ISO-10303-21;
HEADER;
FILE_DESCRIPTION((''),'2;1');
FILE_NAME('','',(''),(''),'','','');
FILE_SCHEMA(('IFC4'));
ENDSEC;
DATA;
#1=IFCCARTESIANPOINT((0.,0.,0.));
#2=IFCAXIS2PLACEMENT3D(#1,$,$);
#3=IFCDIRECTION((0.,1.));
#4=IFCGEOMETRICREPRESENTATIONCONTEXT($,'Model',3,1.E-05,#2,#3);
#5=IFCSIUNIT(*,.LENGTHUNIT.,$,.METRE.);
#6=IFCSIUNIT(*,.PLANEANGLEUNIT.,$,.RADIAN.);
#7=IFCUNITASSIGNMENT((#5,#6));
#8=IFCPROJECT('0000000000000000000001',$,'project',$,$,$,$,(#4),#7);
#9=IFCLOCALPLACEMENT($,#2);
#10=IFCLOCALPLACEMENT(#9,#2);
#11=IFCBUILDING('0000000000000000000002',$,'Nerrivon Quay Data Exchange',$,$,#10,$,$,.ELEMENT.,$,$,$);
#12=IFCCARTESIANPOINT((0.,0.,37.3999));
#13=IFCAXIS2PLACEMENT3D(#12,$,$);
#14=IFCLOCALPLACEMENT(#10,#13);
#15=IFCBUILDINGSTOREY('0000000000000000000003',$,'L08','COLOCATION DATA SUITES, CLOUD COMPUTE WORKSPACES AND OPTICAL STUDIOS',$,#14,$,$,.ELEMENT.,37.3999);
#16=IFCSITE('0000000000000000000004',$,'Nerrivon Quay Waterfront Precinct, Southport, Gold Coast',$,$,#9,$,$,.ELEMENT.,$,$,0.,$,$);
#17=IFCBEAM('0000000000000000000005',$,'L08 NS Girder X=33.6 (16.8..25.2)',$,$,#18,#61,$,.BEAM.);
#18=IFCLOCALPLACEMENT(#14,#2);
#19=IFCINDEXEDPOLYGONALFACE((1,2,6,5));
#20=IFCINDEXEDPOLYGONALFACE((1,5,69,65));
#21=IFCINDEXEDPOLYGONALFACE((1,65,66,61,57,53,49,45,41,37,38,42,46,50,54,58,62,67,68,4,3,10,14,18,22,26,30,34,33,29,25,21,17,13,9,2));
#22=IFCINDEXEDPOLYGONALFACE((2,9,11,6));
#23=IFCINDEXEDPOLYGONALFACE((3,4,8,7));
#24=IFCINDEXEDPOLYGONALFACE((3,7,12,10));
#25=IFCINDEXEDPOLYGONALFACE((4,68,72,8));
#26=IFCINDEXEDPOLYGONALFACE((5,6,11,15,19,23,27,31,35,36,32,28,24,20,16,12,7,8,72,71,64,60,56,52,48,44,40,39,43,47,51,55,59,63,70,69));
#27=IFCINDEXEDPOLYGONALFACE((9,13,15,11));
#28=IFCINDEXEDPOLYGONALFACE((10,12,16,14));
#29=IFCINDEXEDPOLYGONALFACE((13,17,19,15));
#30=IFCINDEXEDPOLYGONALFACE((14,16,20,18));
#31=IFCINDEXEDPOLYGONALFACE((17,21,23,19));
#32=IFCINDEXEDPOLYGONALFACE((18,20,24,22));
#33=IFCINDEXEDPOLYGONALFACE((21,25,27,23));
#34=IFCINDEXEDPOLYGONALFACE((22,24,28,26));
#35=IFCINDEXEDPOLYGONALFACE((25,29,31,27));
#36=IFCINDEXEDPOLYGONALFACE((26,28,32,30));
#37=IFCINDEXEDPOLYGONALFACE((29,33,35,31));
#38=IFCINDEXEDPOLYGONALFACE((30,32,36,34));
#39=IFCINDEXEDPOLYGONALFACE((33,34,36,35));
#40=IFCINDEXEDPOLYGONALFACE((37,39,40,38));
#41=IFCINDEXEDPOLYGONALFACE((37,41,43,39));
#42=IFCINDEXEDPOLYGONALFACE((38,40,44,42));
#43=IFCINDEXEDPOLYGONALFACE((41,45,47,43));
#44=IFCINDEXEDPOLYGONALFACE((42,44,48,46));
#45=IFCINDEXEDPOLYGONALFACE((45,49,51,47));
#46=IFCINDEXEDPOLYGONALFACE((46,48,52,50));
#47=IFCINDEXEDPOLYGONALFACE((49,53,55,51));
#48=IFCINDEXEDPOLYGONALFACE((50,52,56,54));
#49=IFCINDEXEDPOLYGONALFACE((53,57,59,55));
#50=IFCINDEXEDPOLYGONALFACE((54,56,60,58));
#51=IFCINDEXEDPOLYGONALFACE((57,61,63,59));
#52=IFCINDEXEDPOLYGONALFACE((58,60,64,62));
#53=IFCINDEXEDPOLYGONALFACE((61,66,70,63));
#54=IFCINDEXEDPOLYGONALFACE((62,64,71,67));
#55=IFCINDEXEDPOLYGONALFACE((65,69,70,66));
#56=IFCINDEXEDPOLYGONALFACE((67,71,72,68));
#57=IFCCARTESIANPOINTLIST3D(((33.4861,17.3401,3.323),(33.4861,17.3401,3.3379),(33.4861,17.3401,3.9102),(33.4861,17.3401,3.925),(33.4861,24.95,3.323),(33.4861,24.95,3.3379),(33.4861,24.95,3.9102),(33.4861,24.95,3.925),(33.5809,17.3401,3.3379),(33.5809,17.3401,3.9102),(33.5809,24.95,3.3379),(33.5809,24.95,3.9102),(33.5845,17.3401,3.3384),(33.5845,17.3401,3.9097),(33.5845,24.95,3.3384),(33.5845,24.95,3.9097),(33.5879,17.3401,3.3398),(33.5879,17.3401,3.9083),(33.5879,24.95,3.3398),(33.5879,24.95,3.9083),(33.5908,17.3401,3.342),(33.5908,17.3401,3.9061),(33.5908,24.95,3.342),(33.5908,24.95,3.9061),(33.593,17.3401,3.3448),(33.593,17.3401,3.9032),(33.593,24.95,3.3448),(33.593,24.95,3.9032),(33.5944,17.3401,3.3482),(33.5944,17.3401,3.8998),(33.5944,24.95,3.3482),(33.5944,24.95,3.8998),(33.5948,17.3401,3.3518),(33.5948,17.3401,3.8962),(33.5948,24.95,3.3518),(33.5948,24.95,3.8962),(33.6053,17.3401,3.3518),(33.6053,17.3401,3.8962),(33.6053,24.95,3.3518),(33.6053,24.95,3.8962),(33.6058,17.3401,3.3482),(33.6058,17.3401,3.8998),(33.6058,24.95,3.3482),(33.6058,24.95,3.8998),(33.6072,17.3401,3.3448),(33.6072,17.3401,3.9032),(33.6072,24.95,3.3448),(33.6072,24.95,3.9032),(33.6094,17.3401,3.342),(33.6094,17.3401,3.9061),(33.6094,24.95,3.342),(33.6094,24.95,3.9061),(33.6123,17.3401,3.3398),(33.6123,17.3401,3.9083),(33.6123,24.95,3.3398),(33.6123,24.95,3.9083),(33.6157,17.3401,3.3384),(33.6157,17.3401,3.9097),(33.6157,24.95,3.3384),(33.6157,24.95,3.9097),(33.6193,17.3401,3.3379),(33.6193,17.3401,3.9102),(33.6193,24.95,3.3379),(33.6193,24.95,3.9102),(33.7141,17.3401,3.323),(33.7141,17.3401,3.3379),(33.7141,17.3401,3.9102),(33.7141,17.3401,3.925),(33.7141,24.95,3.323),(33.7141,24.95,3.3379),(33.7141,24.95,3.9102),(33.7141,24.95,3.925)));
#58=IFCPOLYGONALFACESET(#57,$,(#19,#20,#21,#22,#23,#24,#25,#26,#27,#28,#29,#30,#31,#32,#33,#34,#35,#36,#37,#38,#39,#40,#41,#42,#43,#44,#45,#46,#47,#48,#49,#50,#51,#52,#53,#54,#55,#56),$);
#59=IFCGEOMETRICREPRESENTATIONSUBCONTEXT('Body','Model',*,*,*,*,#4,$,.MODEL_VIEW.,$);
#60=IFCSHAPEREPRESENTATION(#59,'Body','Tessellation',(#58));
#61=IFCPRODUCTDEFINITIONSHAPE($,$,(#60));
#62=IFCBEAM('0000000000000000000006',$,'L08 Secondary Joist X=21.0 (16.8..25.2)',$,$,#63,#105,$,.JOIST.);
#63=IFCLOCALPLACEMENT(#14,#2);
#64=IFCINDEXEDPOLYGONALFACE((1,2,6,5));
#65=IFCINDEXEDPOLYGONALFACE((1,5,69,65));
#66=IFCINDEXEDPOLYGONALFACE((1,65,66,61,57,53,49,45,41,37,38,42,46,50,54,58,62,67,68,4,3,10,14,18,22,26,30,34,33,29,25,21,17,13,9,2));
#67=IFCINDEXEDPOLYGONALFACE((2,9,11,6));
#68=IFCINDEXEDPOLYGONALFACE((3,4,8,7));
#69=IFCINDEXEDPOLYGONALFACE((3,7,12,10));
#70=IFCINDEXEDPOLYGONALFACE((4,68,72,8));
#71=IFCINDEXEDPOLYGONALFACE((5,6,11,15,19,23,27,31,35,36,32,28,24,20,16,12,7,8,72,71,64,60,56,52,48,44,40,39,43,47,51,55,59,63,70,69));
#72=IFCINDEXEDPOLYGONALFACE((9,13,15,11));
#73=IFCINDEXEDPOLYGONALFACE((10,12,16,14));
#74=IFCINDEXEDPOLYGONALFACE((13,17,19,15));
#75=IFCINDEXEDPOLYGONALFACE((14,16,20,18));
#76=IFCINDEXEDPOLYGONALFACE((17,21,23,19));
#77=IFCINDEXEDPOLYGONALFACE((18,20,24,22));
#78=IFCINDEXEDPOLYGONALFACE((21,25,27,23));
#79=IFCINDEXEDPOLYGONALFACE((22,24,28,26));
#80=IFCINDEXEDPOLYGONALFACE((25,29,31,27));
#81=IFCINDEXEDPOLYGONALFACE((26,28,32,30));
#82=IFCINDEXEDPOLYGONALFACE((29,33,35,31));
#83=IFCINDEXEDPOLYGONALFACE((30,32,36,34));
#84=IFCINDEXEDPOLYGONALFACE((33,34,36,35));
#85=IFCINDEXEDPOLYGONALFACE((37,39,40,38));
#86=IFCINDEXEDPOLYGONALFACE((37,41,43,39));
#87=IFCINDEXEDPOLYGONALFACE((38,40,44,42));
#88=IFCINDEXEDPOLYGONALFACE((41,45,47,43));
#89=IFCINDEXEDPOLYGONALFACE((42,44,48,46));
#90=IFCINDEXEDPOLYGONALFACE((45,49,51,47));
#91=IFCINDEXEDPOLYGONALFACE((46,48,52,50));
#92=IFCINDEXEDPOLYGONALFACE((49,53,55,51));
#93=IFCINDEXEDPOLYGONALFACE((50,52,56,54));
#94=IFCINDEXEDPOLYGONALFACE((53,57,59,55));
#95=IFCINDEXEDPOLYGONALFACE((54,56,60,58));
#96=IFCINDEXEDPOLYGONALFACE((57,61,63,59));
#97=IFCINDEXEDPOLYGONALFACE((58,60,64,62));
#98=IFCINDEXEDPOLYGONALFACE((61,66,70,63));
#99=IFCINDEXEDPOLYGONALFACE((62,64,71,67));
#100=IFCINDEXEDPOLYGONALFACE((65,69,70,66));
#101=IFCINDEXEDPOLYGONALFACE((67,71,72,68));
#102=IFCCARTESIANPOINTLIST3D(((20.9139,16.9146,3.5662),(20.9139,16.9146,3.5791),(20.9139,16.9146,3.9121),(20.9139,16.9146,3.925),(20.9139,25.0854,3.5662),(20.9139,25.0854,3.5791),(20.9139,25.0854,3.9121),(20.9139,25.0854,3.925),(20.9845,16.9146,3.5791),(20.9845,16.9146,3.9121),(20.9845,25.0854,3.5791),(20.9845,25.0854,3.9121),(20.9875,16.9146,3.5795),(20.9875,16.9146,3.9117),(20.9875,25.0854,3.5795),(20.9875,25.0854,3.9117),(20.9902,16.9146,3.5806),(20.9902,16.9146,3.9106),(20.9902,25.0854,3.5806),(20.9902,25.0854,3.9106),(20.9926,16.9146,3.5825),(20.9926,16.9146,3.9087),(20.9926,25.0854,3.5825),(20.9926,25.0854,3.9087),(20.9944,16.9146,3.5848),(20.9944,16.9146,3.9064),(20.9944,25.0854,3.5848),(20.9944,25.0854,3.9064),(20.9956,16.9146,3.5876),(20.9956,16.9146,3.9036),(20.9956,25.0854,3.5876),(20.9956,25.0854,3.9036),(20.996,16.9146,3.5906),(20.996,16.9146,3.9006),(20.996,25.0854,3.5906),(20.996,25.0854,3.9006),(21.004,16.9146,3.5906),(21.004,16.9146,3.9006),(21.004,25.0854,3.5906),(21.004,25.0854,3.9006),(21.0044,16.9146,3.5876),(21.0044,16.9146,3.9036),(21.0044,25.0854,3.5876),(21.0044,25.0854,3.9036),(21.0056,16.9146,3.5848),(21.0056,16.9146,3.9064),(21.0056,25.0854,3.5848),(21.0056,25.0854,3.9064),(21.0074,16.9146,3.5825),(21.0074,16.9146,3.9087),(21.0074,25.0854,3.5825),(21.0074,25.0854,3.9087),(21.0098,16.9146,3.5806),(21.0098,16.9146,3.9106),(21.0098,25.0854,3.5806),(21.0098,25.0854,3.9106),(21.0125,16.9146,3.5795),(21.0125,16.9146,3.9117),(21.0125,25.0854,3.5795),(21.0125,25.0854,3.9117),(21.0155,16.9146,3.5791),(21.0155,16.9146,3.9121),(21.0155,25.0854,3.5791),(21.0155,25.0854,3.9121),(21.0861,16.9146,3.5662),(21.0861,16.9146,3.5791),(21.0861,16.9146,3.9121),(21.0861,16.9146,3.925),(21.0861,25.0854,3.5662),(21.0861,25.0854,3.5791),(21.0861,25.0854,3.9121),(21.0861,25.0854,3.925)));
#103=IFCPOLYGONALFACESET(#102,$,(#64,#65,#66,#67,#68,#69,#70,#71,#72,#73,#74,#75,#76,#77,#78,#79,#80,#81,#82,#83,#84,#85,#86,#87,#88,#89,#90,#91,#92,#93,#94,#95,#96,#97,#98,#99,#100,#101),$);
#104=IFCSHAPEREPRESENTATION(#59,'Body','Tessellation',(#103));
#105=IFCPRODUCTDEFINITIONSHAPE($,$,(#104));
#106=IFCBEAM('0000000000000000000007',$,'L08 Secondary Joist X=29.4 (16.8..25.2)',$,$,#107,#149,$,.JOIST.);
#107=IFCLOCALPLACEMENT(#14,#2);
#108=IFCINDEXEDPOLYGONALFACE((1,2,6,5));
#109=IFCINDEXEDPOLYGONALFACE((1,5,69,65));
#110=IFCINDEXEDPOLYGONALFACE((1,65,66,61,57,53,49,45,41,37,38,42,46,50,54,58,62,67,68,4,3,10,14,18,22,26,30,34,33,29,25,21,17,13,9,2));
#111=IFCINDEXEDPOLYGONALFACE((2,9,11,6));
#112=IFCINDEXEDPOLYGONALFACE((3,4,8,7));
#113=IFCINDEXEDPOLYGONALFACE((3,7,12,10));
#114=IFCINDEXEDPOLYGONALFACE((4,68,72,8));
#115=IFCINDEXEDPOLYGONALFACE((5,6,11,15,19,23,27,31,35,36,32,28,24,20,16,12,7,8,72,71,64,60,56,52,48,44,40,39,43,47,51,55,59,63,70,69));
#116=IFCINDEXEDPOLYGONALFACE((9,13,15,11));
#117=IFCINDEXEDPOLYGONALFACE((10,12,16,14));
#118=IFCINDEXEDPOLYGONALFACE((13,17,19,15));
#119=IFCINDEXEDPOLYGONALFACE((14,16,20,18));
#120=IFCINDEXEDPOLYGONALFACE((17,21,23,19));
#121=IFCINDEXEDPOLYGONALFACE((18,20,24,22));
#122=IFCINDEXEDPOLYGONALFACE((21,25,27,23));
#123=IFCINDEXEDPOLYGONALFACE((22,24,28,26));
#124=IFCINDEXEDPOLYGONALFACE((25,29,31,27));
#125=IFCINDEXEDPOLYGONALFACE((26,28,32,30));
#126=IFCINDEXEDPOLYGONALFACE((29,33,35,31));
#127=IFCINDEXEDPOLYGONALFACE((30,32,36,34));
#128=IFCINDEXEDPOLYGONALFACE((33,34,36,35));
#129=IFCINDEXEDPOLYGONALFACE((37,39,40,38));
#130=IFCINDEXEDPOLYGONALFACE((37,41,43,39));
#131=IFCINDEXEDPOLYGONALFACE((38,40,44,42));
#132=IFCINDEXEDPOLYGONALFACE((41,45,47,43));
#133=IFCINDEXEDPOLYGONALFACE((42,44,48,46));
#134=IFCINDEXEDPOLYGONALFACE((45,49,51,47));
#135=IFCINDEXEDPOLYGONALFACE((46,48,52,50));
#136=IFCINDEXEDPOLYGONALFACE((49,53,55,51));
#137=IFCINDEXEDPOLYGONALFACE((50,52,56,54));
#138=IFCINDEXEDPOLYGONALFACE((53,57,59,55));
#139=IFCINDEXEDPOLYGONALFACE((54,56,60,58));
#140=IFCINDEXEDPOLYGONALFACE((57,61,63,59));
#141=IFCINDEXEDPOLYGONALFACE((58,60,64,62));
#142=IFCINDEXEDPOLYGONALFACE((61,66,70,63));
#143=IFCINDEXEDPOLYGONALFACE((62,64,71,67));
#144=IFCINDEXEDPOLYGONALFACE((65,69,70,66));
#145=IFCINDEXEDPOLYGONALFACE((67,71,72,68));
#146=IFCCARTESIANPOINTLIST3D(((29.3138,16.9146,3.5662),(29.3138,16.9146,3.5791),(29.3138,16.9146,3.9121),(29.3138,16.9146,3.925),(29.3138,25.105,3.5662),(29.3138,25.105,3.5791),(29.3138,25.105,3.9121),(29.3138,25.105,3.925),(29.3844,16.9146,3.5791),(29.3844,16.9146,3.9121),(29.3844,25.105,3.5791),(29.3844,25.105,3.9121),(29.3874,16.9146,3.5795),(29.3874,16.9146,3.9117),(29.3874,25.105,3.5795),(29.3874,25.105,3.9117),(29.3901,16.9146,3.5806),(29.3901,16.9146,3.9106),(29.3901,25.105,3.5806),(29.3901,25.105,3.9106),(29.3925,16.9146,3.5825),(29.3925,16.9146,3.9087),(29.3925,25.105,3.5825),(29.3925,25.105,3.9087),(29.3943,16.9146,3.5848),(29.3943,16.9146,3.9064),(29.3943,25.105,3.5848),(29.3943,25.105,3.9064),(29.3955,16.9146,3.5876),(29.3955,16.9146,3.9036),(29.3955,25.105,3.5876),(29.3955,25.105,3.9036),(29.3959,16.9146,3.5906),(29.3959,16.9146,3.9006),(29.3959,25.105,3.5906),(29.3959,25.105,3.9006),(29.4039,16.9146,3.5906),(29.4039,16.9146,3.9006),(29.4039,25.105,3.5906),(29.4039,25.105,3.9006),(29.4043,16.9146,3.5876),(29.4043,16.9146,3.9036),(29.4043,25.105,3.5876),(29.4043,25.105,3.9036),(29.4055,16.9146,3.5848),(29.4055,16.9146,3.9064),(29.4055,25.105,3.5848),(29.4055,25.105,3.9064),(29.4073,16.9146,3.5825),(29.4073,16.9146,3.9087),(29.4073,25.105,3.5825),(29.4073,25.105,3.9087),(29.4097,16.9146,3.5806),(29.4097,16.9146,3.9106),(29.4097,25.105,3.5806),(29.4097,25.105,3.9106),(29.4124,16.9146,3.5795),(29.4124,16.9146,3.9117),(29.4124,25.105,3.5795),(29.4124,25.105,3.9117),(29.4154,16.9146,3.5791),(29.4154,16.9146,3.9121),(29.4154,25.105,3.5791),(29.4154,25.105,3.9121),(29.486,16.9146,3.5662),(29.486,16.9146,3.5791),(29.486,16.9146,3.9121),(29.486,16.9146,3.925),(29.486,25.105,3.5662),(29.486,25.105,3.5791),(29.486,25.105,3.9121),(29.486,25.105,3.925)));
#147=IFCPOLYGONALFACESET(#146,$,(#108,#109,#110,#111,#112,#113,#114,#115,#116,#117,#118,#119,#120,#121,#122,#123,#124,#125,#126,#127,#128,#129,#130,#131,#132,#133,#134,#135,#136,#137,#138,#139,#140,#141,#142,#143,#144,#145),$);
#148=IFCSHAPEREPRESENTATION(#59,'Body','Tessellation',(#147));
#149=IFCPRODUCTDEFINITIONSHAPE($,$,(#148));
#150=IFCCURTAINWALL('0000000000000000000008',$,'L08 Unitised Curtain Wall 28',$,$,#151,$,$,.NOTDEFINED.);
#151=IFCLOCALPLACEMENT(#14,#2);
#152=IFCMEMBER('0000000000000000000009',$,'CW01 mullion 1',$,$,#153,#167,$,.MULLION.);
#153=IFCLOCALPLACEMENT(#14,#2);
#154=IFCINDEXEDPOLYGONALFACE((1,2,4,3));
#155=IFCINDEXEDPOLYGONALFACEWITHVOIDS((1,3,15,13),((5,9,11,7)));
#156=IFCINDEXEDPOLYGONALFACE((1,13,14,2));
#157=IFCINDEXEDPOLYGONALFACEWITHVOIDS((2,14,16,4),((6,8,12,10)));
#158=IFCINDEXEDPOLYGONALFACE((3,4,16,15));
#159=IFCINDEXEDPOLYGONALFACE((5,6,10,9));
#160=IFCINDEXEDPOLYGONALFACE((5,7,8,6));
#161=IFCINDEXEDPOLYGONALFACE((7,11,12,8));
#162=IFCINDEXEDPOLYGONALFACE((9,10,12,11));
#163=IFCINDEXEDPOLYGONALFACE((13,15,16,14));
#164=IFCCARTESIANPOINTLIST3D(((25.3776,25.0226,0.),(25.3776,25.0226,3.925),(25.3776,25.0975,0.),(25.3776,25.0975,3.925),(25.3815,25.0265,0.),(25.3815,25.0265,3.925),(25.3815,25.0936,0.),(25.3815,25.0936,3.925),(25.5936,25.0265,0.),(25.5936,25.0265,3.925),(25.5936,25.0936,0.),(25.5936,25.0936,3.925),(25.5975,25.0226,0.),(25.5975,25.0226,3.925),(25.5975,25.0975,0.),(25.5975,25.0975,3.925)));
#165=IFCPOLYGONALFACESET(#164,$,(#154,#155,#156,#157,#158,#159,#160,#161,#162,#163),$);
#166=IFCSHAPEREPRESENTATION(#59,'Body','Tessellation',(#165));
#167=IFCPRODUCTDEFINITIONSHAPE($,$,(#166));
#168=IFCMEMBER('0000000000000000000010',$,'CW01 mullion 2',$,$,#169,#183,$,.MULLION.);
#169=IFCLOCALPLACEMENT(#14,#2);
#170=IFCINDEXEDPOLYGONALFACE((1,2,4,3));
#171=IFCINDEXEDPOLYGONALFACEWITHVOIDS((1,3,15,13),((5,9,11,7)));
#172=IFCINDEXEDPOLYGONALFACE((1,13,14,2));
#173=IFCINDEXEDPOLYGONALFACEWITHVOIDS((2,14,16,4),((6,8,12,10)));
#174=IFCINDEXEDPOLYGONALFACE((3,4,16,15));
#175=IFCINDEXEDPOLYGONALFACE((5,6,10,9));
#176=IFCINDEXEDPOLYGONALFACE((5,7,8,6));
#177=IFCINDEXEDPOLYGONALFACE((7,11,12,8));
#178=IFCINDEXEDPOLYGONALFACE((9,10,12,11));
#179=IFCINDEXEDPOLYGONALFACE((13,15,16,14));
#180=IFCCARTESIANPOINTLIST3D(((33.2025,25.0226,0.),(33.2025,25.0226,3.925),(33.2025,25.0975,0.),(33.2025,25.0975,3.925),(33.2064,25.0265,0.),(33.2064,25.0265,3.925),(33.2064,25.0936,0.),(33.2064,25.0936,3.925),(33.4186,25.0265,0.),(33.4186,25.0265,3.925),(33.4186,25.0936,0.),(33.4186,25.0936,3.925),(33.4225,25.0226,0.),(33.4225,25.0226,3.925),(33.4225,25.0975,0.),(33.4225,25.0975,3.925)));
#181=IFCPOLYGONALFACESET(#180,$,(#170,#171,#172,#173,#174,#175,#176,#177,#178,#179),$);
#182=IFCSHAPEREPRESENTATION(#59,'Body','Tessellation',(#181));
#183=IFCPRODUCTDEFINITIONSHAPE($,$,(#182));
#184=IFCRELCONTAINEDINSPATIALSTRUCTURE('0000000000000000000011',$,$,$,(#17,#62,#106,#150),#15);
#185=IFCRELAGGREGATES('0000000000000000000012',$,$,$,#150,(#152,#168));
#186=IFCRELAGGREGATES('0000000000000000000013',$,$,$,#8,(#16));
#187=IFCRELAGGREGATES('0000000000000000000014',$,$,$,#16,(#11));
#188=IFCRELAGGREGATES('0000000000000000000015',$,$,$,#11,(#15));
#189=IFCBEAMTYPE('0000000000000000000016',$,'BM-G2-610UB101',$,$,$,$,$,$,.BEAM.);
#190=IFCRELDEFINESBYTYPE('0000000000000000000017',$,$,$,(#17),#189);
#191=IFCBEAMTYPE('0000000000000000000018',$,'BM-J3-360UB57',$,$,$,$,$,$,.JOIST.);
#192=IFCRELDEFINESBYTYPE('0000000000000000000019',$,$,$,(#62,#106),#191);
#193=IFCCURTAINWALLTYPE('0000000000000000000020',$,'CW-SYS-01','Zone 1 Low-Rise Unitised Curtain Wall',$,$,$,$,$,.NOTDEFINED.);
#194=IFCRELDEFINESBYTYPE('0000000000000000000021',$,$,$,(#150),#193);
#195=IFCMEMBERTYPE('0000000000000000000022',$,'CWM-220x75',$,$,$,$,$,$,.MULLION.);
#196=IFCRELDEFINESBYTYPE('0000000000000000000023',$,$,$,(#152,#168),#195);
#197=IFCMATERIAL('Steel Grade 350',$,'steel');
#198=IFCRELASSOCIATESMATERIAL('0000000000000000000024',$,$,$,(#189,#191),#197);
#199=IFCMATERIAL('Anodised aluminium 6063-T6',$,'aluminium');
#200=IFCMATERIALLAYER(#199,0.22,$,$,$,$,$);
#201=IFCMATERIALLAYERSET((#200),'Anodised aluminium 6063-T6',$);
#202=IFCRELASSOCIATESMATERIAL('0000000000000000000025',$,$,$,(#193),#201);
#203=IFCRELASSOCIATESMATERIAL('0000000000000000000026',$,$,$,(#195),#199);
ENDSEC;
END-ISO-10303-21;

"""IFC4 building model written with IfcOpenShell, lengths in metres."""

from ifc_helpers import new_model, si_unit, direction, frame, origin, origin_2d, place, context, subcontext, project, spatial, hollow_rectangle, i_section, extrude, material, layer, layer_set, material_profile, profile_set, type_object, element, aggregate, save


model = new_model("IFC4")

# Units and contexts
model_context = context("Model", 3, precision=1e-05, world=origin(), true_north=direction((0.0, 1.0)))
body_context = subcontext(model_context, "Body", "Model", "MODEL_VIEW")
ifc_project = project(units=[si_unit("LENGTHUNIT", "METRE"), si_unit("PLANEANGLEUNIT", "RADIAN")], contexts=[model_context])

# Site, building, storey
site_placement = place(None, origin())
site = spatial("IfcSite", under=ifc_project, at=site_placement, Name="Nerrivon Quay Waterfront Precinct, Southport, Gold Coast", CompositionType="ELEMENT", RefElevation=0.0)
building_placement = place(site_placement, origin())
building = spatial("IfcBuilding", under=site, at=building_placement, Name="Nerrivon Quay Data Exchange", CompositionType="ELEMENT")
storey_placement = place(building_placement, frame((0.0, 0.0, 37.3999)))
storey = spatial("IfcBuildingStorey", under=building, at=storey_placement, Name="L08", Description="COLOCATION DATA SUITES, CLOUD COMPUTE WORKSPACES AND OPTICAL STUDIOS", CompositionType="ELEMENT", Elevation=37.3999)

# Beams
ifc_material_1 = material(Name="Steel Grade 350", Category="steel")
ifc_material_profile_1 = material_profile(ifc_material_1, i_section(OverallWidth=0.228, OverallDepth=0.6021, WebThickness=0.0105, FlangeThickness=0.0149, FilletRadius=0.0139, at=origin_2d()), Name="610UB101")
ifc_profile_set_1 = profile_set([ifc_material_profile_1], Name="Steel Grade 350")
beam_type_1 = type_object("IfcBeamType", Name="BM-G2-610UB101", PredefinedType="BEAM", material=ifc_profile_set_1)
for number, where, z_axis, x_axis, name in (
    (1, (33.6001, 17.3401, 3.624), (0.0, 1.0, 0.0), (-1.0, 0.0, 0.0), "L08 NS Girder X=33.6 (16.8..25.2)"),
):
    element("IfcBeam", number, at=place(storey_placement, frame(where, z_axis=z_axis, x_axis=x_axis)), inside=storey, type_object=beam_type_1, Name=name, PredefinedType="BEAM", context=body_context, shape_type="SweptSolid", body=[
        extrude(i_section(OverallWidth=0.228, OverallDepth=0.6021, WebThickness=0.0105, FlangeThickness=0.0149, FilletRadius=0.0139, at=origin_2d()), origin(), (0.0, 0.0, 1.0), 7.6099),
    ])
ifc_material_profile_2 = material_profile(ifc_material_1, i_section(OverallWidth=0.1721, OverallDepth=0.3589, WebThickness=0.0081, FlangeThickness=0.0129, FilletRadius=0.0115, at=origin_2d()), Name="360UB56.7")
ifc_profile_set_2 = profile_set([ifc_material_profile_2], Name="Steel Grade 350")
beam_type_2 = type_object("IfcBeamType", Name="BM-J3-360UB57", PredefinedType="JOIST", material=ifc_profile_set_2)
beam_1_placement = place(storey_placement, frame((21.0, 16.9146, 3.7456), z_axis=(0.0, 1.0, 0.0), x_axis=(-1.0, 0.0, 0.0)))
element("IfcBeam", 2, at=beam_1_placement, inside=storey, type_object=beam_type_2, Name="L08 Secondary Joist X=21.0 (16.8..25.2)", PredefinedType="JOIST", context=body_context, shape_type="SweptSolid", body=[
    extrude(i_section(OverallWidth=0.1721, OverallDepth=0.3589, WebThickness=0.0081, FlangeThickness=0.0129, FilletRadius=0.0115, at=origin_2d()), origin(), (0.0, 0.0, 1.0), 8.1709),
])
beam_2_placement = place(storey_placement, frame((29.3999, 16.9146, 3.7456), z_axis=(0.0, 1.0, 0.0), x_axis=(-1.0, 0.0, 0.0)))
element("IfcBeam", 3, at=beam_2_placement, inside=storey, type_object=beam_type_2, Name="L08 Secondary Joist X=29.4 (16.8..25.2)", PredefinedType="JOIST", context=body_context, shape_type="SweptSolid", body=[
    extrude(i_section(OverallWidth=0.1721, OverallDepth=0.3589, WebThickness=0.0081, FlangeThickness=0.0129, FilletRadius=0.0115, at=origin_2d()), origin(), (0.0, 0.0, 1.0), 8.1904),
])

# Curtain wall, members
ifc_material_2 = material(Name="Anodised aluminium 6063-T6", Category="aluminium")
ifc_layer_1 = layer(ifc_material_2, 0.22)
ifc_layer_set_1 = layer_set([ifc_layer_1], Name="Anodised aluminium 6063-T6")
curtain_wall_type = type_object("IfcCurtainWallType", Name="CW-SYS-01", Description="Zone 1 Low-Rise Unitised Curtain Wall", PredefinedType="NOTDEFINED", material=ifc_layer_set_1)
curtain_wall_1_placement = place(storey_placement, origin())
curtain_wall_1 = element("IfcCurtainWall", 4, at=curtain_wall_1_placement, inside=storey, type_object=curtain_wall_type, Name="L08 Unitised Curtain Wall 28", PredefinedType="NOTDEFINED")
ifc_material_profile_3 = material_profile(ifc_material_2, hollow_rectangle(XDim=0.075, YDim=0.22, WallThickness=0.0039, at=origin_2d()), Name="ALU-MULL-220x75")
ifc_profile_set_3 = profile_set([ifc_material_profile_3], Name="Anodised aluminium 6063-T6")
member_type_1 = type_object("IfcMemberType", Name="CWM-220x75", PredefinedType="MULLION", material=ifc_profile_set_3)
member_1_placement = place(storey_placement, frame((25.4875, 25.0601, 0.0), z_axis=(0.0, 0.0, 1.0), x_axis=(0.0, 1.0, 0.0)))
member_1 = element("IfcMember", 5, at=member_1_placement, type_object=member_type_1, Name="CW01 mullion 1", PredefinedType="MULLION", context=body_context, shape_type="SweptSolid", body=[
    extrude(hollow_rectangle(XDim=0.075, YDim=0.22, WallThickness=0.0039, at=origin_2d()), origin(), (0.0, 0.0, 1.0), 3.925),
])
member_2_placement = place(storey_placement, frame((33.3125, 25.0601, 0.0), z_axis=(0.0, 0.0, 1.0), x_axis=(0.0, 1.0, 0.0)))
member_2 = element("IfcMember", 6, at=member_2_placement, type_object=member_type_1, Name="CW01 mullion 2", PredefinedType="MULLION", context=body_context, shape_type="SweptSolid", body=[
    extrude(hollow_rectangle(XDim=0.075, YDim=0.22, WallThickness=0.0039, at=origin_2d()), origin(), (0.0, 0.0, 1.0), 3.925),
])

aggregate(curtain_wall_1, [member_1, member_2])

save(model, "model.ifc")
